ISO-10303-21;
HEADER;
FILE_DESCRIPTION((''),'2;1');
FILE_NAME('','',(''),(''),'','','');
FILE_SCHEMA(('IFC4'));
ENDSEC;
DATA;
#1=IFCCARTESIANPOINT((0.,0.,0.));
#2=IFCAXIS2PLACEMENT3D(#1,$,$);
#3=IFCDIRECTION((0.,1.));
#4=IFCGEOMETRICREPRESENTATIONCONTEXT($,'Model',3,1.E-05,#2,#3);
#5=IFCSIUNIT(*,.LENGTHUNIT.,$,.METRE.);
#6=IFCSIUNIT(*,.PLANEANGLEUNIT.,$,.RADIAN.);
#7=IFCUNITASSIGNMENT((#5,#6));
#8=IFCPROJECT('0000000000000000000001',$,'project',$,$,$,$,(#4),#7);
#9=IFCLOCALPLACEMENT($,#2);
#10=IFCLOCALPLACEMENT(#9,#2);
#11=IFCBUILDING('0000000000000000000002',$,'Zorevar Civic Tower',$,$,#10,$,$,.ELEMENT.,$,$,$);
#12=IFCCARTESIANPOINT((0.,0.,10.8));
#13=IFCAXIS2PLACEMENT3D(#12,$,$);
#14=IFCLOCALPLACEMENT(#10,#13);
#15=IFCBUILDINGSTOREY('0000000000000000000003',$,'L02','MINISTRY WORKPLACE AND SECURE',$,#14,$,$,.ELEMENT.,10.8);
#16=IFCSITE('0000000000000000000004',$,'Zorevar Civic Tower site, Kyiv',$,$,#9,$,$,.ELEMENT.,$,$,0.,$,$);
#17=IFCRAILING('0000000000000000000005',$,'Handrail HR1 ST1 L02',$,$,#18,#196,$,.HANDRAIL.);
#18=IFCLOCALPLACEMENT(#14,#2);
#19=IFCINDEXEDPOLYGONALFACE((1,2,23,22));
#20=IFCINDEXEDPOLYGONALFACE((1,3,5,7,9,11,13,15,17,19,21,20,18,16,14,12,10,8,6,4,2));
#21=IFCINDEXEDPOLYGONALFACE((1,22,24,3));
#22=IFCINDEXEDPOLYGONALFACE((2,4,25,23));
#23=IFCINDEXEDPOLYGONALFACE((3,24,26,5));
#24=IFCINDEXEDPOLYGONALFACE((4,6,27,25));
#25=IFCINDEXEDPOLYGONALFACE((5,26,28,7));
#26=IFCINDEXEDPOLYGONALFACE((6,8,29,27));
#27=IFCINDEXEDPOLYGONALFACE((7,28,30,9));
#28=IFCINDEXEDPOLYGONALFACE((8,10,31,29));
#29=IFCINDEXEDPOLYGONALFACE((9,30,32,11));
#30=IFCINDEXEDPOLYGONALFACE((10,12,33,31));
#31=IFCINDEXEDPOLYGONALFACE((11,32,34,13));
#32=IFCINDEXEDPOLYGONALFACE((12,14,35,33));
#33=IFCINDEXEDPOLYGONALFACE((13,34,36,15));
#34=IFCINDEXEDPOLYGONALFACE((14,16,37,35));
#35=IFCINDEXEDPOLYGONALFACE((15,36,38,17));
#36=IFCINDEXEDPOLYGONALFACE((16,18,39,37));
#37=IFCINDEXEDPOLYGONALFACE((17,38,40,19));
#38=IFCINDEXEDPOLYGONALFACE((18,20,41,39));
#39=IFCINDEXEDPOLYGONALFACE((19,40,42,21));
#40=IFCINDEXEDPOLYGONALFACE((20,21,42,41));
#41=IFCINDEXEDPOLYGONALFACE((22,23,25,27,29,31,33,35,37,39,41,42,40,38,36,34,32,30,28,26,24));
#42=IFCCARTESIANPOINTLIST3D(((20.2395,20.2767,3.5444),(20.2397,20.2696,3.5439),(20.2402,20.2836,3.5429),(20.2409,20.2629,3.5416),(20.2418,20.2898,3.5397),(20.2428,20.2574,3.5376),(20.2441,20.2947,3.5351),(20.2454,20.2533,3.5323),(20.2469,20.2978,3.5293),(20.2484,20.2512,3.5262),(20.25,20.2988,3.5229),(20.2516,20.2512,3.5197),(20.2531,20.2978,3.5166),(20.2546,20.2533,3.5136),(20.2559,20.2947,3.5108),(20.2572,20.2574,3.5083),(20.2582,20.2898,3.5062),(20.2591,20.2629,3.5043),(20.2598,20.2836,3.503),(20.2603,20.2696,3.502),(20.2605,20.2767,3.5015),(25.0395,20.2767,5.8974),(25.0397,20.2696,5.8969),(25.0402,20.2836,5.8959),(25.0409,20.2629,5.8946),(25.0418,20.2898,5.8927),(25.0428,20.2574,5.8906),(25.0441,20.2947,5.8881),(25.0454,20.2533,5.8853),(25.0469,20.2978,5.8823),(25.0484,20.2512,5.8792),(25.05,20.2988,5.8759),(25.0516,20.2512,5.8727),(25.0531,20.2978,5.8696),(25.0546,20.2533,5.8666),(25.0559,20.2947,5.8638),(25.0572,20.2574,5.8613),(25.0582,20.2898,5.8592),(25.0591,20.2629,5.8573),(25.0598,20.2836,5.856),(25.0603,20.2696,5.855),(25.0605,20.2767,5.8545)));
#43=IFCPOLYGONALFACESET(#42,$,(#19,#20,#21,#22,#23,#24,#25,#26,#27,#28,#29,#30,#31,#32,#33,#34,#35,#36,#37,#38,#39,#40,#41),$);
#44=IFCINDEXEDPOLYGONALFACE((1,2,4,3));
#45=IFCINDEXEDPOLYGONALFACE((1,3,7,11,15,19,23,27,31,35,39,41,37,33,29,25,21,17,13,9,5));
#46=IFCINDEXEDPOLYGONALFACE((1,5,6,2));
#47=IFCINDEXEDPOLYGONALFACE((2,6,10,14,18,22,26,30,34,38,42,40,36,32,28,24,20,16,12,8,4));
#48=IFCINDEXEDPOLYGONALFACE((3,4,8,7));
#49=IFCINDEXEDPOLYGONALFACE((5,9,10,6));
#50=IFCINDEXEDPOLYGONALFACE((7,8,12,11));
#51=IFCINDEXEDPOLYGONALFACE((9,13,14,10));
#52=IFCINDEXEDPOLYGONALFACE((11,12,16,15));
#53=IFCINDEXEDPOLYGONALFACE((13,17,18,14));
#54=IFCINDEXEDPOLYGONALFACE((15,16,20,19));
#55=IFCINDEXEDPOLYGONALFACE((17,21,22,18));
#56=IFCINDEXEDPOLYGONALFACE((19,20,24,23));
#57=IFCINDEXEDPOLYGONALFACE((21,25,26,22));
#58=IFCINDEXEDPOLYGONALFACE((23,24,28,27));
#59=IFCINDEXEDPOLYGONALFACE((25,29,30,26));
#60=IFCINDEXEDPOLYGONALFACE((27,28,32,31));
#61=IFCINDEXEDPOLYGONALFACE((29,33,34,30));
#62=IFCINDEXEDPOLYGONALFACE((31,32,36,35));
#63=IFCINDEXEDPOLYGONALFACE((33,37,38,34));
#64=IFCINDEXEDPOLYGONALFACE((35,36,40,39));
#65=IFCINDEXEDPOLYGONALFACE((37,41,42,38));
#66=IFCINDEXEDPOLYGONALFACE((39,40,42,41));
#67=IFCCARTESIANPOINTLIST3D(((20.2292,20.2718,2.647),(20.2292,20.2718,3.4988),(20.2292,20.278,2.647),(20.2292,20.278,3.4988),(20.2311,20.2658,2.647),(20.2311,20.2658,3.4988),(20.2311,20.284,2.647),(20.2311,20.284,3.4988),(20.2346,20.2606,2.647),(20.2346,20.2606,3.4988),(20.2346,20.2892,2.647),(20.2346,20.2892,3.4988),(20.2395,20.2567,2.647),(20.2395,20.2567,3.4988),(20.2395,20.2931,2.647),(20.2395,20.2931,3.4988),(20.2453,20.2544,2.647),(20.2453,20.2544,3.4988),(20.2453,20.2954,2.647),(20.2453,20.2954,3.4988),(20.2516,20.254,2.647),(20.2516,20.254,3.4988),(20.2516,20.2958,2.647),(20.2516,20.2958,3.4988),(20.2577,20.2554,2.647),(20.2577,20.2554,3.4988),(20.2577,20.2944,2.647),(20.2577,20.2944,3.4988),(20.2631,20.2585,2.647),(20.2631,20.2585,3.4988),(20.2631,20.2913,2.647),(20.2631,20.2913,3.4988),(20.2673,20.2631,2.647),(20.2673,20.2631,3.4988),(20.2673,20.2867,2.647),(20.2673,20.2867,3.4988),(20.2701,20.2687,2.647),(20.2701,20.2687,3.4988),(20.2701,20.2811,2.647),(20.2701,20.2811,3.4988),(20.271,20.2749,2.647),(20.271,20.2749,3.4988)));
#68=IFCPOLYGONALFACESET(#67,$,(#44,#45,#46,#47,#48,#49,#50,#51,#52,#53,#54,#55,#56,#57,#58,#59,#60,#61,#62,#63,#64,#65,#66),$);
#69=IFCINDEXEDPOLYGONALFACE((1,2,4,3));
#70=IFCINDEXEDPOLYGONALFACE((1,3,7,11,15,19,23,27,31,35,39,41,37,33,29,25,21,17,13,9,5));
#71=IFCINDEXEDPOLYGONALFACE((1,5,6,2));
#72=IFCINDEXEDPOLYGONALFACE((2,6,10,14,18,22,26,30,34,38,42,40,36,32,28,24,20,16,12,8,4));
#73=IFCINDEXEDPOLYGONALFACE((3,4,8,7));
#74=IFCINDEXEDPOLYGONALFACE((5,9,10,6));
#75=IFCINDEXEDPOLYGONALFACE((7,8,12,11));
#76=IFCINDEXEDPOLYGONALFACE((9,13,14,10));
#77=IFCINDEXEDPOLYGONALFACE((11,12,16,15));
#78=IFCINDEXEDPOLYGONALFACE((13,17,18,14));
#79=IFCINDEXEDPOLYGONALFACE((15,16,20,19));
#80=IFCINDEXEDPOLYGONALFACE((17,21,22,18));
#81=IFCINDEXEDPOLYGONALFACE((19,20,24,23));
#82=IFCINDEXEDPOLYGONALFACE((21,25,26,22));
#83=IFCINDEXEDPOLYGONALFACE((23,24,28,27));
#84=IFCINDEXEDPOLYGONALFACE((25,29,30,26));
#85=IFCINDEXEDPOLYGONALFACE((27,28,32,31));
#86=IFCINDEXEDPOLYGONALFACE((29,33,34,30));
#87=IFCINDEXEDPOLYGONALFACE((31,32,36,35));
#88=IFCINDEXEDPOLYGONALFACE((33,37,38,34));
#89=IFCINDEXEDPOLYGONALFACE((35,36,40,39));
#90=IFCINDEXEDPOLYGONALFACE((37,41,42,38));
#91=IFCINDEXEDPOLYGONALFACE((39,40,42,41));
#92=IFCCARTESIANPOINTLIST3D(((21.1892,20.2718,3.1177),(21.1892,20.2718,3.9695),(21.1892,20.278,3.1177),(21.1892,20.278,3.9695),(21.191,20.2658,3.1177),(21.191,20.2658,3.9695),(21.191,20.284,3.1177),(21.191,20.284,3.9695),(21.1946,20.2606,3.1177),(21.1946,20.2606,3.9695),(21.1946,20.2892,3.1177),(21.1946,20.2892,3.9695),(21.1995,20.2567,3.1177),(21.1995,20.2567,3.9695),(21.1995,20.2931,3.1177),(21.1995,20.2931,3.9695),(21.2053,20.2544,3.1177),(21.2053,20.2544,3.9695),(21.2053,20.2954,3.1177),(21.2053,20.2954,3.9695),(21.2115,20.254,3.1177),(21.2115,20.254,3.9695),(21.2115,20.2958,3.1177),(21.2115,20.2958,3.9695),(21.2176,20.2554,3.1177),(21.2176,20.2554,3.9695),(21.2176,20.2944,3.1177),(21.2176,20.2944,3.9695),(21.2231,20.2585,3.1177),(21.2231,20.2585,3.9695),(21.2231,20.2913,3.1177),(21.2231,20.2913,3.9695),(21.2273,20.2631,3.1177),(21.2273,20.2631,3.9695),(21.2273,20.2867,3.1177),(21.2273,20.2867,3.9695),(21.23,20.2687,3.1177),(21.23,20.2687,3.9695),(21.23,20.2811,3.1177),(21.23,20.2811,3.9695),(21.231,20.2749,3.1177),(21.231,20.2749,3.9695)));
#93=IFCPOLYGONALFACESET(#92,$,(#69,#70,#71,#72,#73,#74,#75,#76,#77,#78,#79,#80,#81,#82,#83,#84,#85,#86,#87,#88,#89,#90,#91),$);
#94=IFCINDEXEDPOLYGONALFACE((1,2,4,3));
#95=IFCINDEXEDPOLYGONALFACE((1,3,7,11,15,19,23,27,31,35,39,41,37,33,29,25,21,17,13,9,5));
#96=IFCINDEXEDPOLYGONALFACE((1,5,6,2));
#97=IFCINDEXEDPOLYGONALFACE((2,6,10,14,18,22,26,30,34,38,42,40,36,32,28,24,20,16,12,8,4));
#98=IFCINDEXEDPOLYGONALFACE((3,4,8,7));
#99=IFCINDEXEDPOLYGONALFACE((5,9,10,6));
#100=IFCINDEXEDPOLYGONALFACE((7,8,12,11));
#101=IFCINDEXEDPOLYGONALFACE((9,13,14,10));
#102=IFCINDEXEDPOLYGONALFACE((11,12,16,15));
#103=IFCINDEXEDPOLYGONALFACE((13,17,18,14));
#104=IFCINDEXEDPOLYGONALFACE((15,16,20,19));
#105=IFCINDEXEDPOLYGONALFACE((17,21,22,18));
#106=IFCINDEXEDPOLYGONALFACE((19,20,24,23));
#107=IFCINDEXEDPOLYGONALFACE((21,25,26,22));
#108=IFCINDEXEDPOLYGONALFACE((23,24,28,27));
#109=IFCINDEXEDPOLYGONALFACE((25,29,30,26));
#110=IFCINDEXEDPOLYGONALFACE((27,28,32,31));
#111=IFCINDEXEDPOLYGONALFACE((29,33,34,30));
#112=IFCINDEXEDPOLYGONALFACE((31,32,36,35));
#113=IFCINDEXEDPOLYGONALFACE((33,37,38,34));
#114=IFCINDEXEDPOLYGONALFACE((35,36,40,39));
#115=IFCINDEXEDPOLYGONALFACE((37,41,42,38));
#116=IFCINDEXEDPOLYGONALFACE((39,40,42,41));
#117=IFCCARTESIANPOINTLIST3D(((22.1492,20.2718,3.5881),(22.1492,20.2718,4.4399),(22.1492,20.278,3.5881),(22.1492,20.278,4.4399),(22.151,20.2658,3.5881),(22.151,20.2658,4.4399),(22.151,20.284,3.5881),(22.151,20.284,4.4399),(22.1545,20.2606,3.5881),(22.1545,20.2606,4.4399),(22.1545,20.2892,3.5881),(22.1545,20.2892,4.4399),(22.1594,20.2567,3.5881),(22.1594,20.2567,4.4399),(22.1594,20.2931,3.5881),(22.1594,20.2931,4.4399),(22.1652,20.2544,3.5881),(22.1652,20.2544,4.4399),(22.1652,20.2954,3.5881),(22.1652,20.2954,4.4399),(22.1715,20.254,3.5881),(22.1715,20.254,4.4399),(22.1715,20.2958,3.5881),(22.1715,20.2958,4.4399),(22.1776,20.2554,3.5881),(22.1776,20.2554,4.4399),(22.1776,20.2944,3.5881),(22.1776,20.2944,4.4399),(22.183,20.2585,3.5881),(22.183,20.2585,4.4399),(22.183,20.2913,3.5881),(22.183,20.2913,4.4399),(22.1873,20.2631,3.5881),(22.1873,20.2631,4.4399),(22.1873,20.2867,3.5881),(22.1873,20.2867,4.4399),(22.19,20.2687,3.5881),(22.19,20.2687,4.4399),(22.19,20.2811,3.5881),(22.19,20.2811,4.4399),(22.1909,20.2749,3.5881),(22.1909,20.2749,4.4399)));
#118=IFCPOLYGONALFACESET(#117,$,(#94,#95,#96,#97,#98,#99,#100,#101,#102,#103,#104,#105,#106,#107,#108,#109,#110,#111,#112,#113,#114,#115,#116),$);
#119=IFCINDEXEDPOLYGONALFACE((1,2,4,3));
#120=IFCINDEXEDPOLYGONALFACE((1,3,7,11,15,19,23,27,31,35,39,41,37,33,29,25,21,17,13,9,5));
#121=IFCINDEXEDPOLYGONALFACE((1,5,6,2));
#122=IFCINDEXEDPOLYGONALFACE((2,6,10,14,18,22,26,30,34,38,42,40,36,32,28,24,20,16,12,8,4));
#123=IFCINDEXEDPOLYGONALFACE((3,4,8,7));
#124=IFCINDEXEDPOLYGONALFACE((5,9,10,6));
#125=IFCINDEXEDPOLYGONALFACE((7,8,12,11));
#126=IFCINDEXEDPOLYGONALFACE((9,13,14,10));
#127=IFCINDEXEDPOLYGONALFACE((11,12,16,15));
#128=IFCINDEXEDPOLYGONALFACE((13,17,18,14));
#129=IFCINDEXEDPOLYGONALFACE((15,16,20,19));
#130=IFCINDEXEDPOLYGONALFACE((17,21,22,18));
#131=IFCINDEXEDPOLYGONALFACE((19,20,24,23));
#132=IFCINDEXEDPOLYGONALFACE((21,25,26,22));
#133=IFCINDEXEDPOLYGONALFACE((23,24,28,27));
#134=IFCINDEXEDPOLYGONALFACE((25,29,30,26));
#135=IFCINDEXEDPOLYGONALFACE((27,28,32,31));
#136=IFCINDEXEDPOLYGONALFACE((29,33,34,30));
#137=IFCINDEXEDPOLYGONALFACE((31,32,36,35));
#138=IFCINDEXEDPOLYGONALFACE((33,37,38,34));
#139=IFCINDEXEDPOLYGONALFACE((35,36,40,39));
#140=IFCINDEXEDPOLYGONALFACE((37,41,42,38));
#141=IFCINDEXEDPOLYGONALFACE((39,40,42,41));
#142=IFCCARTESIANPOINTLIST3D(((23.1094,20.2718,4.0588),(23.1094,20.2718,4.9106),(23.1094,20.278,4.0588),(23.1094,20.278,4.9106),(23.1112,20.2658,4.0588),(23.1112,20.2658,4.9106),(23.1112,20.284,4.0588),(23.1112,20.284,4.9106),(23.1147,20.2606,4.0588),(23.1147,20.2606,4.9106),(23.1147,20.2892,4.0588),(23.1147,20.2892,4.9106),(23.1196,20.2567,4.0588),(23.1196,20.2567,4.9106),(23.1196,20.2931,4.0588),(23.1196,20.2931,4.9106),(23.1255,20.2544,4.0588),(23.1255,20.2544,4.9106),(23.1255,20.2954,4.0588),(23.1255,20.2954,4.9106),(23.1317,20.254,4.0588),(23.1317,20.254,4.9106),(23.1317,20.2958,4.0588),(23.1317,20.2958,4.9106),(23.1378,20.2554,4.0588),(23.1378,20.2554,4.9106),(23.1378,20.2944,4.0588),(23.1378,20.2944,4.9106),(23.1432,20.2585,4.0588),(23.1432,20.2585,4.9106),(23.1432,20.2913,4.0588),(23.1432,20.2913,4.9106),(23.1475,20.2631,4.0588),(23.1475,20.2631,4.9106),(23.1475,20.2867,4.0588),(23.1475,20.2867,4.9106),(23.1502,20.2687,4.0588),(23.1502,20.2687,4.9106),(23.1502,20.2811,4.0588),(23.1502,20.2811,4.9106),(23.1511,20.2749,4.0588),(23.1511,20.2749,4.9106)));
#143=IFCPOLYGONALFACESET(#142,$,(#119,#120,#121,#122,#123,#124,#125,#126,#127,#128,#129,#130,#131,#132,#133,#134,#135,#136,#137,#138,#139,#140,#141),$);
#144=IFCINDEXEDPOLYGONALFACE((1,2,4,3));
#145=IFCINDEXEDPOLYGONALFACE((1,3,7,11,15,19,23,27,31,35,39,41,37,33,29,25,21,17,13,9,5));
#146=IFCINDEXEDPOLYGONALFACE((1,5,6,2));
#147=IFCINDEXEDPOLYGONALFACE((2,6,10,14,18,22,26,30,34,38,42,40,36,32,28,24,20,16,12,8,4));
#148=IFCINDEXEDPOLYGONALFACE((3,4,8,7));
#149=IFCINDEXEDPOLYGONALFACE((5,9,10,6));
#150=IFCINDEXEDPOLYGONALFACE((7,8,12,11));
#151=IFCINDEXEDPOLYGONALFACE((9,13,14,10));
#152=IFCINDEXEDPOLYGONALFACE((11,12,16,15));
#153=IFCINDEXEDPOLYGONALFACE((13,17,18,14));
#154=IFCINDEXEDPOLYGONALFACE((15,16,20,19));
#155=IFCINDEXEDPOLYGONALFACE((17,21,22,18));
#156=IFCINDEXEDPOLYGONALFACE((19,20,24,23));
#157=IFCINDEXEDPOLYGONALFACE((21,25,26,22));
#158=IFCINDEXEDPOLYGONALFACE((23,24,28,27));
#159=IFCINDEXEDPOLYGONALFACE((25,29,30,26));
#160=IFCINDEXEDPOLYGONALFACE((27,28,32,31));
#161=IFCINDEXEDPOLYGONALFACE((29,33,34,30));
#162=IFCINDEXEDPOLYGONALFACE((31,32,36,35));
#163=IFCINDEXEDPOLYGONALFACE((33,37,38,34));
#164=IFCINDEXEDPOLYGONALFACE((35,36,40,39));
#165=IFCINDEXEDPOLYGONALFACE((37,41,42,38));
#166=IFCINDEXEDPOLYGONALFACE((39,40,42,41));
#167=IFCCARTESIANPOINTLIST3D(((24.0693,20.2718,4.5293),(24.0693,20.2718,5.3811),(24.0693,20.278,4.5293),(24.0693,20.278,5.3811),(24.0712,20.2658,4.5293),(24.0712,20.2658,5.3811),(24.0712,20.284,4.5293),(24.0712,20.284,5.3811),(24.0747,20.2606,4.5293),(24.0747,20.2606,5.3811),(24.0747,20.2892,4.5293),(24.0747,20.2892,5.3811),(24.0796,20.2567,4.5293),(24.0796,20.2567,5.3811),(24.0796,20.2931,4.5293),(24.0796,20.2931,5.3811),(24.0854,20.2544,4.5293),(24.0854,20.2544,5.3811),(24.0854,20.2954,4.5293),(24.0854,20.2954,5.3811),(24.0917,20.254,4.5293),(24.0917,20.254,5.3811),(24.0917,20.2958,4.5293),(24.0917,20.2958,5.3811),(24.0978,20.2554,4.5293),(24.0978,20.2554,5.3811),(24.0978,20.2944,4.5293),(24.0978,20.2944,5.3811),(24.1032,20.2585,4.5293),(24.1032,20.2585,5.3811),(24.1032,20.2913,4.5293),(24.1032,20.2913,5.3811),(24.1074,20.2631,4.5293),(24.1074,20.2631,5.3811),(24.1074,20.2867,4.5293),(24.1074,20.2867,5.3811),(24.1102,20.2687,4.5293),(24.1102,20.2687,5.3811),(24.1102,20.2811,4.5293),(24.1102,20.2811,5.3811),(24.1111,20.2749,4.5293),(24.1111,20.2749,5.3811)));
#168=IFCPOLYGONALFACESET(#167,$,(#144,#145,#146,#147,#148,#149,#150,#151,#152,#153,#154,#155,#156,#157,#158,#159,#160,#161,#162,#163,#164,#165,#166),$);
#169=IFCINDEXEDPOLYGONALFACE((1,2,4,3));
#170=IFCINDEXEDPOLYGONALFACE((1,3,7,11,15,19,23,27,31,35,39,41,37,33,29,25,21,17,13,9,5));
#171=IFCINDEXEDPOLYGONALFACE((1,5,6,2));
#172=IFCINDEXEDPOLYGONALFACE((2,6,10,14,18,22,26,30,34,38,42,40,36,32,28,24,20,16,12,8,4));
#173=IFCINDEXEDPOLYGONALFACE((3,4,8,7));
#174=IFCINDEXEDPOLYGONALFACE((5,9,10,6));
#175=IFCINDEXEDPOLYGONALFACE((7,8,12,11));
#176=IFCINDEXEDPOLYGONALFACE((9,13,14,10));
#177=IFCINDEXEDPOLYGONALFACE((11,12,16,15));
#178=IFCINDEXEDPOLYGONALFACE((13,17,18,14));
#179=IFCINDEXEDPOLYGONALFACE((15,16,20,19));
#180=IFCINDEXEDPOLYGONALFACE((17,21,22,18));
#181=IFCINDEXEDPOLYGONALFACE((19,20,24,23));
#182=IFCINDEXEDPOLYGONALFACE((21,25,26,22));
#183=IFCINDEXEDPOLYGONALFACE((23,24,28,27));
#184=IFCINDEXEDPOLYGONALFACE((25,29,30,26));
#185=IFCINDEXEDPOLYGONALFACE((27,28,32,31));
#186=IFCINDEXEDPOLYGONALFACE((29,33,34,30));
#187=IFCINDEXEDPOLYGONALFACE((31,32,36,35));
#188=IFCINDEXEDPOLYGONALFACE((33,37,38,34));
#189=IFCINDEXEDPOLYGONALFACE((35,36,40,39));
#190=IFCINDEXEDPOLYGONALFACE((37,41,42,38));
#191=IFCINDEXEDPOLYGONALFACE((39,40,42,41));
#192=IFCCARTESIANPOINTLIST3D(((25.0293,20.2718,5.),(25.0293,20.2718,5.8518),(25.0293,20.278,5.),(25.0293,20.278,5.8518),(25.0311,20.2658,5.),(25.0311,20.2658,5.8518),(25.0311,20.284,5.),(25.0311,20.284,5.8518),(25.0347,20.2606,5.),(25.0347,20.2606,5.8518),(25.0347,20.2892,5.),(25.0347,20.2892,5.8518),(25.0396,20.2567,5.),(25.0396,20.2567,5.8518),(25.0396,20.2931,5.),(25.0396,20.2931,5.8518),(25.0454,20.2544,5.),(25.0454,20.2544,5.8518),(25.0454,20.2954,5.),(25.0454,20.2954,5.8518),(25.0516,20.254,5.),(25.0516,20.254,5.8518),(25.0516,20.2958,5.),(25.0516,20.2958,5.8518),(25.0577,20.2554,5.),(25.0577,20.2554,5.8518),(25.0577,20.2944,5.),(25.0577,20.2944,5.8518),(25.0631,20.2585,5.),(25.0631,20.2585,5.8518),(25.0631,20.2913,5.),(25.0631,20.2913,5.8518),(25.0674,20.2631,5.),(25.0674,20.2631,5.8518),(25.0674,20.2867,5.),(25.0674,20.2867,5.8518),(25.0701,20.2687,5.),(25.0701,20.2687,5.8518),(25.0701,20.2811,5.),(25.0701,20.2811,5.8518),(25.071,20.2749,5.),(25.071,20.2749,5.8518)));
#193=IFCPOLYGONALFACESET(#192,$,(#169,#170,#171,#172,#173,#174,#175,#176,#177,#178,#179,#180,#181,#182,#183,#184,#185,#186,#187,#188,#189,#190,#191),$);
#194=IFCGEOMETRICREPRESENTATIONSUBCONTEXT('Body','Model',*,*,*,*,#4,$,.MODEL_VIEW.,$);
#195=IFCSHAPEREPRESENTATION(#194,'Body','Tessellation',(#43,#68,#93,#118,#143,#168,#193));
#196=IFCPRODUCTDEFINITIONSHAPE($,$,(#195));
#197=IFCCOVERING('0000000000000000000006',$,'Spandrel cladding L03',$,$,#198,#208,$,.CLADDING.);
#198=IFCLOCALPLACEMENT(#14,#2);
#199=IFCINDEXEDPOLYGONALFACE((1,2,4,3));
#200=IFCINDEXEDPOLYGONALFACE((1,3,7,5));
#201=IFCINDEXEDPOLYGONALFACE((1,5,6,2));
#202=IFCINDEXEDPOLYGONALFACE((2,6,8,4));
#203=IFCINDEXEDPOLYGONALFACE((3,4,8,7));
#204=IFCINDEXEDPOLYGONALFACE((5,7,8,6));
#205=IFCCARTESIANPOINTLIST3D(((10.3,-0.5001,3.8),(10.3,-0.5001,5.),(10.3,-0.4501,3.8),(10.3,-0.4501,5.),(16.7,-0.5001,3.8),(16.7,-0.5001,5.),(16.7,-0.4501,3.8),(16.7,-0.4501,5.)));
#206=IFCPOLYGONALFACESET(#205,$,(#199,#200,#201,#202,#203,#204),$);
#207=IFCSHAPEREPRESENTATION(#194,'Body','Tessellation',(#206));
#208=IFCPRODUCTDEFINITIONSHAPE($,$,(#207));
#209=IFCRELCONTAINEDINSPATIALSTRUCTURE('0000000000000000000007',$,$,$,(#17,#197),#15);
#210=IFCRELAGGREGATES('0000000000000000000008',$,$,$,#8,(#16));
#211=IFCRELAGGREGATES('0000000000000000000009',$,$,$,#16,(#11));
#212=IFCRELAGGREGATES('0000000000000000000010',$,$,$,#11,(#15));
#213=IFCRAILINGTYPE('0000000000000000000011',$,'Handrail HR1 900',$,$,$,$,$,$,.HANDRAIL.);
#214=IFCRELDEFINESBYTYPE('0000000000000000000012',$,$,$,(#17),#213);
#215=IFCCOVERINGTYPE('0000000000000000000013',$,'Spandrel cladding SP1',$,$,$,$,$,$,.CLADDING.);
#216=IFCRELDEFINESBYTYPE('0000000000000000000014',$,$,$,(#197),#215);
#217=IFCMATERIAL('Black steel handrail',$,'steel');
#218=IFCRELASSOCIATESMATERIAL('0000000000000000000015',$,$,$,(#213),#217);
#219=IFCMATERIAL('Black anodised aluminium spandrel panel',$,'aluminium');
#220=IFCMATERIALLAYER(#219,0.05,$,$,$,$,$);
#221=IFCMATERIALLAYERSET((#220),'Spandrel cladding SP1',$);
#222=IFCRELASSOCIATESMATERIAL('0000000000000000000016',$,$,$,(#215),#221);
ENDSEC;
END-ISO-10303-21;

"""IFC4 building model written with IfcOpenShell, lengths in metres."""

from ifc_helpers import new_model, si_unit, direction, frame, frame_2d, origin, origin_2d, place, context, subcontext, project, spatial, rectangle, circle, extrude, material, layer, layer_set, type_object, element, save


model = new_model("IFC4")

# Units and contexts
model_context = context("Model", 3, precision=1e-05, world=origin(), true_north=direction((0.0, 1.0)))
body_context = subcontext(model_context, "Body", "Model", "MODEL_VIEW")
ifc_project = project(units=[si_unit("LENGTHUNIT", "METRE"), si_unit("PLANEANGLEUNIT", "RADIAN")], contexts=[model_context])

# Site, building, storey
site_placement = place(None, origin())
site = spatial("IfcSite", under=ifc_project, at=site_placement, Name="Zorevar Civic Tower site, Kyiv", CompositionType="ELEMENT", RefElevation=0.0)
building_placement = place(site_placement, origin())
building = spatial("IfcBuilding", under=site, at=building_placement, Name="Zorevar Civic Tower", CompositionType="ELEMENT")
storey_placement = place(building_placement, frame((0.0, 0.0, 10.8)))
storey = spatial("IfcBuildingStorey", under=building, at=storey_placement, Name="L02", Description="MINISTRY WORKPLACE AND SECURE", CompositionType="ELEMENT", Elevation=10.8)

# Railing
ifc_material_1 = material(Name="Black steel handrail", Category="steel")
railing_type = type_object("IfcRailingType", Name="Handrail HR1 900", PredefinedType="HANDRAIL", material=ifc_material_1)
railing_1_placement = place(storey_placement, frame((20.25, 20.2749, 2.647)))
element("IfcRailing", 1, at=railing_1_placement, inside=storey, type_object=railing_type, Name="Handrail HR1 ST1 L02", PredefinedType="HANDRAIL", context=body_context, shape_type="SweptSolid", body=[
    extrude(circle(Radius=0.0239, at=origin_2d()), frame((0.0, 0.0, 0.876), z_axis=(0.897916, 0.0, 0.440167), x_axis=(0.0, 1.0, 0.0)), (0.0, 0.0, 1.0), 5.3457),
    extrude(circle(Radius=0.021, at=origin_2d()), origin(), (0.0, 0.0, 1.0), 0.8518),
    extrude(circle(Radius=0.021, at=origin_2d()), frame((0.96, 0.0, 0.4707)), (0.0, 0.0, 1.0), 0.8518),
    extrude(circle(Radius=0.021, at=origin_2d()), frame((1.9199, 0.0, 0.9412)), (0.0, 0.0, 1.0), 0.8518),
    extrude(circle(Radius=0.021, at=origin_2d()), frame((2.8801, 0.0, 1.4119)), (0.0, 0.0, 1.0), 0.8518),
    extrude(circle(Radius=0.021, at=origin_2d()), frame((3.8401, 0.0, 1.8823)), (0.0, 0.0, 1.0), 0.8518),
    extrude(circle(Radius=0.021, at=origin_2d()), frame((4.8, 0.0, 2.353)), (0.0, 0.0, 1.0), 0.8518),
])

# Covering
ifc_material_2 = material(Name="Black anodised aluminium spandrel panel", Category="aluminium")
ifc_layer_1 = layer(ifc_material_2, 0.05)
ifc_layer_set_1 = layer_set([ifc_layer_1], Name="Spandrel cladding SP1")
covering_type = type_object("IfcCoveringType", Name="Spandrel cladding SP1", PredefinedType="CLADDING", material=ifc_layer_set_1)
for number, where, z_axis, x_axis, name in (
    (2, (10.3, -0.4751, 3.8), (0.0, 0.0, 1.0), (1.0, 0.0, 0.0), "Spandrel cladding L03"),
):
    element("IfcCovering", number, at=place(storey_placement, frame(where, z_axis=z_axis, x_axis=x_axis)), inside=storey, type_object=covering_type, Name=name, PredefinedType="CLADDING", context=body_context, shape_type="SweptSolid", body=[
        extrude(rectangle(XDim=6.3999, YDim=0.05, at=frame_2d((3.2, 0.0))), origin(), (0.0, 0.0, 1.0), 1.2),
    ])

save(model, "model.ifc")
